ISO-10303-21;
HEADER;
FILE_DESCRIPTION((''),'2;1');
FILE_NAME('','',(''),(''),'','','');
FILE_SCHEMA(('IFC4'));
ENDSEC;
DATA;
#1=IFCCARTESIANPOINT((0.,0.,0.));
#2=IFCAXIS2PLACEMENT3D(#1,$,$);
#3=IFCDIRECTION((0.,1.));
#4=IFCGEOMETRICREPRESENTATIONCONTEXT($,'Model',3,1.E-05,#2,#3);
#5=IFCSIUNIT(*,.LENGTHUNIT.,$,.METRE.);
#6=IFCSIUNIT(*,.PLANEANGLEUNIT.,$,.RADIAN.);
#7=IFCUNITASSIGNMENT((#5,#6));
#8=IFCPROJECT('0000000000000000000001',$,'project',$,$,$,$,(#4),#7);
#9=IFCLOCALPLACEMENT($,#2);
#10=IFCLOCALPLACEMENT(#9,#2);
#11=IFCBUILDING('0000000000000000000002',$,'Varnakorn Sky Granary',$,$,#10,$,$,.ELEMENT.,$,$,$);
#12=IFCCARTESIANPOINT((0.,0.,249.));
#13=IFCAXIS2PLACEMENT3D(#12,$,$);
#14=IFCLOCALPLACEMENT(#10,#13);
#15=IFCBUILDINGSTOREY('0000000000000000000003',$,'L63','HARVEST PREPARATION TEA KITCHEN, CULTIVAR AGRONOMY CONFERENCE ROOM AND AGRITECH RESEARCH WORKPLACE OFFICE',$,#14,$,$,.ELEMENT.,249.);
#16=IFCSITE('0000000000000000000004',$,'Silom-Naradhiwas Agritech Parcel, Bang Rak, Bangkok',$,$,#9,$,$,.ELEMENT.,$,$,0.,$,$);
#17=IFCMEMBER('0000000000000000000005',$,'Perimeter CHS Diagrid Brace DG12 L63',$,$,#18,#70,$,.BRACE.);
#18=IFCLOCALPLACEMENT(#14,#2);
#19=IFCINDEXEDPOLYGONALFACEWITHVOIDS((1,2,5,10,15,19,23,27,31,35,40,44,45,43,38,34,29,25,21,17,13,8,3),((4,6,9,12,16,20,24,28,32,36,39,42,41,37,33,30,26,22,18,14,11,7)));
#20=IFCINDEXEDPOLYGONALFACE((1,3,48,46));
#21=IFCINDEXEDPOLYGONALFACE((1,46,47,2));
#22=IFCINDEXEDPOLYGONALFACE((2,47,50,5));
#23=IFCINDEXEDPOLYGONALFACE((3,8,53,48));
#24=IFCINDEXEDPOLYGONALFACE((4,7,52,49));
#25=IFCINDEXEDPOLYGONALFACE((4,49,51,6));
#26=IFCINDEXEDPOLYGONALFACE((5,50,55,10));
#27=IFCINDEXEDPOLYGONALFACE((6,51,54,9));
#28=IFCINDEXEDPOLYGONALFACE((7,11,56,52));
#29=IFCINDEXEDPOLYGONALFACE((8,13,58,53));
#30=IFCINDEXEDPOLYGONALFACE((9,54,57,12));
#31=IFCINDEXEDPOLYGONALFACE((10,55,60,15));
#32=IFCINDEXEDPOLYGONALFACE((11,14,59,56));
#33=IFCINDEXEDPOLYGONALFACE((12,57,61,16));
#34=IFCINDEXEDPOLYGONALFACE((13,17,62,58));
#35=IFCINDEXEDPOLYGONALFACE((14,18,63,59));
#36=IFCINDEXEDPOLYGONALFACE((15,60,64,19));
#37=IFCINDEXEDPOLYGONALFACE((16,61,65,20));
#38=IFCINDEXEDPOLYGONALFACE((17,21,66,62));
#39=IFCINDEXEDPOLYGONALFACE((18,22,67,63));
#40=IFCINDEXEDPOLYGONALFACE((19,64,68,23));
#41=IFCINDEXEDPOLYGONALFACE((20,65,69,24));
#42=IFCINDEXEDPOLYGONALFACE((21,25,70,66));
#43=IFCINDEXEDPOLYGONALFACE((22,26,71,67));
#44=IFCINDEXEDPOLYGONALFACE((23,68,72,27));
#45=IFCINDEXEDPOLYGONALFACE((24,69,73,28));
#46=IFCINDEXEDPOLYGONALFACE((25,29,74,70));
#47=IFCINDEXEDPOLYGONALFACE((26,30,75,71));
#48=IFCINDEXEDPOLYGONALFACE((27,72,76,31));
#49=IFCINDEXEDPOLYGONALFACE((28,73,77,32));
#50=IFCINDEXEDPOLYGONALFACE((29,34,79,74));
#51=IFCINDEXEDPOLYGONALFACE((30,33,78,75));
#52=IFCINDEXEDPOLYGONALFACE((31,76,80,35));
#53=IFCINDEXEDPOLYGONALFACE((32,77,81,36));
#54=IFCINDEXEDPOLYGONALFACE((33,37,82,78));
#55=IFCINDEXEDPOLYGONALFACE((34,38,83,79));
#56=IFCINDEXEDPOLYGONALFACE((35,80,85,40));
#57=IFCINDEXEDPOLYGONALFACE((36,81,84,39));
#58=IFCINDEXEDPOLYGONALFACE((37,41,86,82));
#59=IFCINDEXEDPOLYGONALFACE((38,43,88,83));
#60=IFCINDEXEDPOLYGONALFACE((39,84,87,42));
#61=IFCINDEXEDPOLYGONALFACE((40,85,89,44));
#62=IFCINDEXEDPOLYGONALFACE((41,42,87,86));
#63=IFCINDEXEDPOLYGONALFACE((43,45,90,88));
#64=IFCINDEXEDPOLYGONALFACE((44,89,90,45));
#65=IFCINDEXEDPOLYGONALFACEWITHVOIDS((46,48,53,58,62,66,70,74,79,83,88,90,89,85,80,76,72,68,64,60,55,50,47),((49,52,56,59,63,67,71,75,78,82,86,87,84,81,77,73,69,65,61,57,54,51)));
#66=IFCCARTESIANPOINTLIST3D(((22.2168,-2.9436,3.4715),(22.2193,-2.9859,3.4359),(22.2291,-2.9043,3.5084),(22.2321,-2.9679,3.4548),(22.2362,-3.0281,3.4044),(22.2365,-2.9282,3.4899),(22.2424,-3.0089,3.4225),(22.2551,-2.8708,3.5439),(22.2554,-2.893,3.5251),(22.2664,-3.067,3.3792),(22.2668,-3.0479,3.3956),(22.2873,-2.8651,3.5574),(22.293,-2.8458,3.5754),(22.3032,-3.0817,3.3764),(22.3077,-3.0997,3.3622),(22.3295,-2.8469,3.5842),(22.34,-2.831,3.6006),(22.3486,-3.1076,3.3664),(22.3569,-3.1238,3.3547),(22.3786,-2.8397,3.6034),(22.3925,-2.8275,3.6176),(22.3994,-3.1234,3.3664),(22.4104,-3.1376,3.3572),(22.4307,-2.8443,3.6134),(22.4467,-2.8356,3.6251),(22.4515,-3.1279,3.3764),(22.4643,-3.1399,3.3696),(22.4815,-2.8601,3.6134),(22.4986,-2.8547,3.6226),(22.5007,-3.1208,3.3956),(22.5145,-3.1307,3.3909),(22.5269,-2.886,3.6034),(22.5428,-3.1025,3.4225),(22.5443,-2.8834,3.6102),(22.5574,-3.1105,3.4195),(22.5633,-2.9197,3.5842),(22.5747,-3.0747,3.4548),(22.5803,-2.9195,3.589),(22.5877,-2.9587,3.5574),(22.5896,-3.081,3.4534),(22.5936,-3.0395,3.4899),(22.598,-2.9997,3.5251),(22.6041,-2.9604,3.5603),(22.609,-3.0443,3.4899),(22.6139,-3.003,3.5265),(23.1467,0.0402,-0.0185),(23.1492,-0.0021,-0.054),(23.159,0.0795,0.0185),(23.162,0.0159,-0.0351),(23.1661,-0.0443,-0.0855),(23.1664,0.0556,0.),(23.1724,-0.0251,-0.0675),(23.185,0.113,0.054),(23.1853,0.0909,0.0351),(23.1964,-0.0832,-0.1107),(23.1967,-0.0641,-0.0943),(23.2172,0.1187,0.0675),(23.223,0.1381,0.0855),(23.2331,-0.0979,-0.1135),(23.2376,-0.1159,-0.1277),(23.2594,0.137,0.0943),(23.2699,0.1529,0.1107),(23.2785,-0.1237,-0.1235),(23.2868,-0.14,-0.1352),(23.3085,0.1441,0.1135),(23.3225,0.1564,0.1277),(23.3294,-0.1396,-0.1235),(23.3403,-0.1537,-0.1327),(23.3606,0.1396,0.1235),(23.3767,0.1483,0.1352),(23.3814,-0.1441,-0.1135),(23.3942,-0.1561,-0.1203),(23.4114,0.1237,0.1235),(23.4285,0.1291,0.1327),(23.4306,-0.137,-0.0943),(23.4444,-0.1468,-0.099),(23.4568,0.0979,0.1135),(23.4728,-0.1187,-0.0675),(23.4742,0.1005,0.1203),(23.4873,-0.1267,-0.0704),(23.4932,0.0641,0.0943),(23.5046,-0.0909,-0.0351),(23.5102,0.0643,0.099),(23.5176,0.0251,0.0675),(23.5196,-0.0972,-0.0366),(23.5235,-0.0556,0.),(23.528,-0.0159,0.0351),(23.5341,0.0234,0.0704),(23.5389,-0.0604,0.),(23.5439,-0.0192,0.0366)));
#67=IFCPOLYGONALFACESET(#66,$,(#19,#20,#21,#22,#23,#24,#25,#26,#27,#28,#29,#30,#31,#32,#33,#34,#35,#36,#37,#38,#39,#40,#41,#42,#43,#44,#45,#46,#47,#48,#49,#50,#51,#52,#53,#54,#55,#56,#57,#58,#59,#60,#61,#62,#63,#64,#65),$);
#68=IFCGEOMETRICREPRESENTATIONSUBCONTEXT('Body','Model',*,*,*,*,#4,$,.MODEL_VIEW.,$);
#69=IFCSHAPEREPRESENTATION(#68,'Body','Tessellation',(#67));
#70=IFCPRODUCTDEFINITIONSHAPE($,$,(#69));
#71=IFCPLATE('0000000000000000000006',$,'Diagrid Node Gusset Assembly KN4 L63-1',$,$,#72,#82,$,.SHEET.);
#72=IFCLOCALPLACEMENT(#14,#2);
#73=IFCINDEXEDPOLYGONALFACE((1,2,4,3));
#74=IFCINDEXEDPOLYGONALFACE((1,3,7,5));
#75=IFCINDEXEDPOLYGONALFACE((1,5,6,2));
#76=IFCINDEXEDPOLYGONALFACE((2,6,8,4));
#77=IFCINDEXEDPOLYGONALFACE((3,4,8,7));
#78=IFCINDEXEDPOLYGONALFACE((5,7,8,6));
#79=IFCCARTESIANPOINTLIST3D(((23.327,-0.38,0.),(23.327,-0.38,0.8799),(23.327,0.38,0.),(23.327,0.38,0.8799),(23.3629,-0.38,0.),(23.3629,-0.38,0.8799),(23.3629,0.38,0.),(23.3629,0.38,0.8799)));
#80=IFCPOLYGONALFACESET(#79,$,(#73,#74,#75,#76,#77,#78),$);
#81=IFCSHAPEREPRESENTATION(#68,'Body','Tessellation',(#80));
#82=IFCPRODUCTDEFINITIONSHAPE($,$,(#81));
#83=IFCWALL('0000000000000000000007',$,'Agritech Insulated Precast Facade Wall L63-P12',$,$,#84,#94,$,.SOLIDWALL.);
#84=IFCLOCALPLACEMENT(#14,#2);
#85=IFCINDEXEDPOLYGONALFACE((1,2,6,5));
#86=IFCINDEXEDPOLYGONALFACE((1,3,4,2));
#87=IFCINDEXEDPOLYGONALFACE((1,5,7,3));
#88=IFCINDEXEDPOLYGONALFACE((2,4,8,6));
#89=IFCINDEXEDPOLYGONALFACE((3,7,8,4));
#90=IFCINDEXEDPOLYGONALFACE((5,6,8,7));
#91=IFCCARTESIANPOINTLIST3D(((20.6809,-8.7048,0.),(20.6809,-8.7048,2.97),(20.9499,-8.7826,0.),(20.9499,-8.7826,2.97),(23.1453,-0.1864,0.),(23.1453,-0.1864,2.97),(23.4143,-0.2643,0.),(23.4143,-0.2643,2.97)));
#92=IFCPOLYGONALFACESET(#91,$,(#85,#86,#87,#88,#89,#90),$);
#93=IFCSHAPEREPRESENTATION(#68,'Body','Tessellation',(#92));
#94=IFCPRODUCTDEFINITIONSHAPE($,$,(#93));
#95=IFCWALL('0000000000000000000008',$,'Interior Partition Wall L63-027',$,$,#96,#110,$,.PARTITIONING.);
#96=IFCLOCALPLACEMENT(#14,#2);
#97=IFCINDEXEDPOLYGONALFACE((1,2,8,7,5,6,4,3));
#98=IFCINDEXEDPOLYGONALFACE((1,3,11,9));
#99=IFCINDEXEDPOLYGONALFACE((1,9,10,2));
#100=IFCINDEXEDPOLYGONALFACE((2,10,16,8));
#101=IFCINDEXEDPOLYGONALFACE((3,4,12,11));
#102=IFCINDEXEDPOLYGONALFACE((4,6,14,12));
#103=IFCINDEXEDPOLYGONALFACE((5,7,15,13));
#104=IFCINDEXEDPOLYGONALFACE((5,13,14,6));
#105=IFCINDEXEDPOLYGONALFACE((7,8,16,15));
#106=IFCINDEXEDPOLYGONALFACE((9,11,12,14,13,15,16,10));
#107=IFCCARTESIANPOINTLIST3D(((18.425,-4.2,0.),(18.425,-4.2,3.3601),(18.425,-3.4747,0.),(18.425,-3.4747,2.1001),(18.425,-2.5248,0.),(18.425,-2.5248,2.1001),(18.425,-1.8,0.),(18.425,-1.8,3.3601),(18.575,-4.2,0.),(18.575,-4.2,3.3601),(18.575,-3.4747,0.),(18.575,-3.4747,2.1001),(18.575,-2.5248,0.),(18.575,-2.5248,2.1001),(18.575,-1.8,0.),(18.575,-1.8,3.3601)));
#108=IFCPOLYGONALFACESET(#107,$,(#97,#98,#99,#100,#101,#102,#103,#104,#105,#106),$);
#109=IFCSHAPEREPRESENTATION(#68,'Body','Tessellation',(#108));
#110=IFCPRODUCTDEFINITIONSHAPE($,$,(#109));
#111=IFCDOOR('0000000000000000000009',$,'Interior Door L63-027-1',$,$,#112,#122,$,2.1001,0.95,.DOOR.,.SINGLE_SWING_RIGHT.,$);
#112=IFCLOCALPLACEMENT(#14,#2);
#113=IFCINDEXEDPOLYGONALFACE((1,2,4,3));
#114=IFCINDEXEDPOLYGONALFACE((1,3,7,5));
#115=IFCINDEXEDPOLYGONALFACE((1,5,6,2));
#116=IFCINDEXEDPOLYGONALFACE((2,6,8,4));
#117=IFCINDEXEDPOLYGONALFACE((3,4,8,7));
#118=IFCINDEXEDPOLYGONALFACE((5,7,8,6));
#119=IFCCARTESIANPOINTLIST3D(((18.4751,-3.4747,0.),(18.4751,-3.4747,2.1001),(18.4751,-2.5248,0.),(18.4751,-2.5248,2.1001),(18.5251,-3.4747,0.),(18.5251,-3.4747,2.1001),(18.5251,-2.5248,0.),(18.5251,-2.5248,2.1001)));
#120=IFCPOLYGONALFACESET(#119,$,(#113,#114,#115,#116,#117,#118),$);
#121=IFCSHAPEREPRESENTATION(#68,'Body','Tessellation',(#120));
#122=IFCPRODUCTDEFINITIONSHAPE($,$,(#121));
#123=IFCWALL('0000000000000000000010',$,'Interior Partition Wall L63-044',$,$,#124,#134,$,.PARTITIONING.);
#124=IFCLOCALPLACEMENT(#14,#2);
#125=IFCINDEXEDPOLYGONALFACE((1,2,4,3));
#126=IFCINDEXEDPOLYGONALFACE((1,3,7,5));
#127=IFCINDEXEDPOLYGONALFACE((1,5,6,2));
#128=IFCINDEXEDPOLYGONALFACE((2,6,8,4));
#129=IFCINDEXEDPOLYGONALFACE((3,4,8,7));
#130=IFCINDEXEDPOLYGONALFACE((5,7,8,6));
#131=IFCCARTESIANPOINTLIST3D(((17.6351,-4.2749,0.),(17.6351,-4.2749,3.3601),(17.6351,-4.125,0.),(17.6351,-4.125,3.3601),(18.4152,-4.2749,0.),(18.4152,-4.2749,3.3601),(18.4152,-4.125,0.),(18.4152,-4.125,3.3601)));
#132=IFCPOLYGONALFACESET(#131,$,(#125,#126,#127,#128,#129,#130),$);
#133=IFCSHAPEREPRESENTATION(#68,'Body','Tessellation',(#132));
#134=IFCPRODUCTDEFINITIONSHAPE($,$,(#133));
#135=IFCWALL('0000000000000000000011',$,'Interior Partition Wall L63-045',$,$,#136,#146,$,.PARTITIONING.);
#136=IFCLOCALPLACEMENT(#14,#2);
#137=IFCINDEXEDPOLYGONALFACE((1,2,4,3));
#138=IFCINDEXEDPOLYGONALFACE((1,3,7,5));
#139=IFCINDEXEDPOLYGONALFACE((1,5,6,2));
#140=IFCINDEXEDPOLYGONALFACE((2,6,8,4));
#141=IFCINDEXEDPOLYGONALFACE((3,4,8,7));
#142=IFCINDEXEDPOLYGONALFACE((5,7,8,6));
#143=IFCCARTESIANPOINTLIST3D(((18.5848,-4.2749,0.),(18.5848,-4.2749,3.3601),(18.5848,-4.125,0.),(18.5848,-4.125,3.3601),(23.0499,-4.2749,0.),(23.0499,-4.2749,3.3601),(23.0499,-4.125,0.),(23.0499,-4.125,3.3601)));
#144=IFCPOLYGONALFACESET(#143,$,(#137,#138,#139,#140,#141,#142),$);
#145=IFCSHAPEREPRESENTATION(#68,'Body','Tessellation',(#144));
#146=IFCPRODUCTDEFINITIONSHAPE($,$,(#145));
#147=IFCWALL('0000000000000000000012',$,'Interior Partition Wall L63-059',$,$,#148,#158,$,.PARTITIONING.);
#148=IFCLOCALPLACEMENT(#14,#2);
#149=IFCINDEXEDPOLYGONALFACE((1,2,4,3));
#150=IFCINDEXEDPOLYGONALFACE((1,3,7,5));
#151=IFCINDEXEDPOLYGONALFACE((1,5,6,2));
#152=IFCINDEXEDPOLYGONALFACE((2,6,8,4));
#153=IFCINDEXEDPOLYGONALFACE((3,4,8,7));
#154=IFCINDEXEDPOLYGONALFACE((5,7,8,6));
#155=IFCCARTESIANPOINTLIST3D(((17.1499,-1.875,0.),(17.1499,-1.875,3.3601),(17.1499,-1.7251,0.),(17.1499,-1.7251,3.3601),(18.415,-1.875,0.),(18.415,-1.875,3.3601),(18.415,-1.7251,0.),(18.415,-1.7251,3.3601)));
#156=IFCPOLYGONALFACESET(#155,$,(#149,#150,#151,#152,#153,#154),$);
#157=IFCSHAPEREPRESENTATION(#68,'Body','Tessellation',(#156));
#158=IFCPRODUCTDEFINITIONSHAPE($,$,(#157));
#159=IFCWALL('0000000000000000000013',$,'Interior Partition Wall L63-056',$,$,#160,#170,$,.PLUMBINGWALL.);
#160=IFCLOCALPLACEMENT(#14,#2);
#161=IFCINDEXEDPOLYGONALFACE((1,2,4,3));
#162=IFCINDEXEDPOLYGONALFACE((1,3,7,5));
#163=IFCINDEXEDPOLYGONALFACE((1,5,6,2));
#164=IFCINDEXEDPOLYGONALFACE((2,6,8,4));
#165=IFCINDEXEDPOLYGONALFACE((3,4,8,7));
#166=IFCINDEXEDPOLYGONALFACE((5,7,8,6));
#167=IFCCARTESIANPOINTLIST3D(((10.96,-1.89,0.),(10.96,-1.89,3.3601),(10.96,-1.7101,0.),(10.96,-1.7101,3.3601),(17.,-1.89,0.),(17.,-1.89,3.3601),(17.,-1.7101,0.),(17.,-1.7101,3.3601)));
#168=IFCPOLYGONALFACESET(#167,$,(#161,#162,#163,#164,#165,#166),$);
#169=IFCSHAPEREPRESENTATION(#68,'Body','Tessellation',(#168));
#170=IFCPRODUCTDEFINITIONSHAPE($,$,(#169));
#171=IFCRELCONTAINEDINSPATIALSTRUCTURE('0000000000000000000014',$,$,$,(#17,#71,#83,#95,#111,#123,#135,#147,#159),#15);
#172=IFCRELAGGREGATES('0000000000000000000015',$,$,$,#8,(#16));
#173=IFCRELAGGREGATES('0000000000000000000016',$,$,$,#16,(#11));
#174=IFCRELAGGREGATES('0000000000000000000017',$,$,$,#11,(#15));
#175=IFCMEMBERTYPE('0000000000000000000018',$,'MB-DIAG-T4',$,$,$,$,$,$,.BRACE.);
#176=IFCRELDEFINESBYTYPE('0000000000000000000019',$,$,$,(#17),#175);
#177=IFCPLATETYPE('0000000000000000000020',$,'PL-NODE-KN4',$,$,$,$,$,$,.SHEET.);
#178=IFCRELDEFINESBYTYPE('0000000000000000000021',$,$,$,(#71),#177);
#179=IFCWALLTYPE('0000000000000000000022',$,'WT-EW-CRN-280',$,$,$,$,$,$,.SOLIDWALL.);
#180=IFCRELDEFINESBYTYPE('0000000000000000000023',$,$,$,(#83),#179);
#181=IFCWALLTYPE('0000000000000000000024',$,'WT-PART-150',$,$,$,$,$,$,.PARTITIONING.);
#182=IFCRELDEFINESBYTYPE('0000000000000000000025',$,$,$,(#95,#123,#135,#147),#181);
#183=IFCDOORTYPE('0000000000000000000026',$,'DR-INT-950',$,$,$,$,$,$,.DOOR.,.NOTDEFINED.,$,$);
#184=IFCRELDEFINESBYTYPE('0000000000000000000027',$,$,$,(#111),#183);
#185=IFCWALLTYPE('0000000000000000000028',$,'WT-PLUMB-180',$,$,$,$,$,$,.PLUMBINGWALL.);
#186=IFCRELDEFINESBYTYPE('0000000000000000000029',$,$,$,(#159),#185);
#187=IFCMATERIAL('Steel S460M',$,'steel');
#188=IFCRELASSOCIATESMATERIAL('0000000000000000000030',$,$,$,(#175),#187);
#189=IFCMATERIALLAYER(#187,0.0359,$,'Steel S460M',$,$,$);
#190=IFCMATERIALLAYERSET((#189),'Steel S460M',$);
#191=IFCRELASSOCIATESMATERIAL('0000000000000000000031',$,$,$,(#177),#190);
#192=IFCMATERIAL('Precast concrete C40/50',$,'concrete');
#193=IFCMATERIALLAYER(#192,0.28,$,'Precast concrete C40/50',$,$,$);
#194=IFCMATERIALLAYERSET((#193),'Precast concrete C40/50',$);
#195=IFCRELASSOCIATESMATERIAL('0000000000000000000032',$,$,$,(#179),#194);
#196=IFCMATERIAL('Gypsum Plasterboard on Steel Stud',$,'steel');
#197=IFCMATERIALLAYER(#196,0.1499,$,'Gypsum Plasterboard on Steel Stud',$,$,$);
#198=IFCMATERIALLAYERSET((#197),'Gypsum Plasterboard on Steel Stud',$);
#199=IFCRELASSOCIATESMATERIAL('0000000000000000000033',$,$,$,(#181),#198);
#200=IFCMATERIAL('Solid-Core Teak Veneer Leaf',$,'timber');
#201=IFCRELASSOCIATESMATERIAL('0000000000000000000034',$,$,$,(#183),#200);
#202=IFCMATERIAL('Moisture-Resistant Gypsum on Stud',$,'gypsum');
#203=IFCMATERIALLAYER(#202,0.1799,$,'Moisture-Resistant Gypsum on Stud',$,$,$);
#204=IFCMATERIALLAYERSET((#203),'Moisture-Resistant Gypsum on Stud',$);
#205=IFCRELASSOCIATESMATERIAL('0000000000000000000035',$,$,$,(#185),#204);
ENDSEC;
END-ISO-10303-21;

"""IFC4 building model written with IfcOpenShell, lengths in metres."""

from ifc_helpers import new_model, si_unit, direction, frame, frame_2d, origin, origin_2d, place, context, subcontext, project, spatial, rectangle, hollow_circle, extrude, material, layer, layer_set, material_profile, profile_set, type_object, element, fill, save


model = new_model("IFC4")

# Units and contexts
model_context = context("Model", 3, precision=1e-05, world=origin(), true_north=direction((0.0, 1.0)))
body_context = subcontext(model_context, "Body", "Model", "MODEL_VIEW")
ifc_project = project(units=[si_unit("LENGTHUNIT", "METRE"), si_unit("PLANEANGLEUNIT", "RADIAN")], contexts=[model_context])

# Site, building, storey
site_placement = place(None, origin())
site = spatial("IfcSite", under=ifc_project, at=site_placement, Name="Silom-Naradhiwas Agritech Parcel, Bang Rak, Bangkok", CompositionType="ELEMENT", RefElevation=0.0)
building_placement = place(site_placement, origin())
building = spatial("IfcBuilding", under=site, at=building_placement, Name="Varnakorn Sky Granary", CompositionType="ELEMENT")
storey_placement = place(building_placement, frame((0.0, 0.0, 249.0)))
storey = spatial("IfcBuildingStorey", under=building, at=storey_placement, Name="L63", Description="HARVEST PREPARATION TEA KITCHEN, CULTIVAR AGRONOMY CONFERENCE ROOM AND AGRITECH RESEARCH WORKPLACE OFFICE", CompositionType="ELEMENT", Elevation=249.0)

# Shared definitions
ifc_material_1 = material(Name="Steel S460M", Category="steel")

# Member
ifc_material_profile_1 = material_profile(ifc_material_1, hollow_circle(Radius=0.2031, WallThickness=0.0161, at=origin_2d()), Name="CHS 406.4x16")
ifc_profile_set_1 = profile_set([ifc_material_profile_1], Name="Steel S460M")
member_type_1 = type_object("IfcMemberType", Name="MB-DIAG-T4", PredefinedType="BRACE", material=ifc_profile_set_1)
for number, where, z_axis, x_axis, name in (
    (1, (23.345, 0.0, 0.0), (-0.198495, -0.636914, 0.744943), (0.95471, -0.297537, 0.0), "Perimeter CHS Diagrid Brace DG12 L63"),
):
    element("IfcMember", number, at=place(storey_placement, frame(where, z_axis=z_axis, x_axis=x_axis)), inside=storey, type_object=member_type_1, Name=name, PredefinedType="BRACE", context=body_context, shape_type="SweptSolid", body=[
        extrude(hollow_circle(Radius=0.2031, WallThickness=0.0161, at=origin_2d()), origin(), (0.0, 0.0, 1.0), 4.6848),
    ])

# Plate
ifc_layer_1 = layer(ifc_material_1, 0.0359, Name="Steel S460M")
ifc_layer_set_1 = layer_set([ifc_layer_1], Name="Steel S460M")
plate_type = type_object("IfcPlateType", Name="PL-NODE-KN4", PredefinedType="SHEET", material=ifc_layer_set_1)
plate_placement = place(storey_placement, frame((23.345, 0.0, 0.0), z_axis=(0.0, 0.0, 1.0), x_axis=(0.0, 1.0, 0.0)))
element("IfcPlate", 2, at=plate_placement, inside=storey, type_object=plate_type, Name="Diagrid Node Gusset Assembly KN4 L63-1", PredefinedType="SHEET", context=body_context, shape_type="SweptSolid", body=[
    extrude(rectangle(XDim=0.76, YDim=0.0359, at=origin_2d()), origin(), (0.0, 0.0, 1.0), 0.8799),
])

# Wall
ifc_material_2 = material(Name="Precast concrete C40/50", Category="concrete")
ifc_layer_2 = layer(ifc_material_2, 0.28, Name="Precast concrete C40/50")
ifc_layer_set_2 = layer_set([ifc_layer_2], Name="Precast concrete C40/50")
wall_type_1 = type_object("IfcWallType", Name="WT-EW-CRN-280", PredefinedType="SOLIDWALL", material=ifc_layer_set_2)
wall_1_placement = place(storey_placement, frame((23.2798, -0.2253, 0.0), z_axis=(0.0, 0.0, 1.0), x_axis=(-0.277905, -0.960609, 0.0)))
element("IfcWall", 3, at=wall_1_placement, inside=storey, type_object=wall_type_1, Name="Agritech Insulated Precast Facade Wall L63-P12", PredefinedType="SOLIDWALL", context=body_context, shape_type="SweptSolid", body=[
    extrude(rectangle(XDim=8.8677, YDim=0.28, at=frame_2d((4.4338, 0.0))), origin(), (0.0, 0.0, 1.0), 2.97),
])

# Wall, opening, door
ifc_material_3 = material(Name="Gypsum Plasterboard on Steel Stud", Category="steel")
ifc_layer_3 = layer(ifc_material_3, 0.1499, Name="Gypsum Plasterboard on Steel Stud")
ifc_layer_set_3 = layer_set([ifc_layer_3], Name="Gypsum Plasterboard on Steel Stud")
wall_type_2 = type_object("IfcWallType", Name="WT-PART-150", PredefinedType="PARTITIONING", material=ifc_layer_set_3)
wall_2_placement = place(storey_placement, frame((18.5, -4.2, 0.0), z_axis=(0.0, 0.0, 1.0), x_axis=(0.0, 1.0, 0.0)))
wall_2 = element("IfcWall", 4, at=wall_2_placement, inside=storey, type_object=wall_type_2, Name="Interior Partition Wall L63-027", PredefinedType="PARTITIONING", context=body_context, shape_type="SweptSolid", body=[
    extrude(rectangle(XDim=2.3999, YDim=0.1499, at=frame_2d((1.2, 0.0))), origin(), (0.0, 0.0, 1.0), 3.3601),
])
opening_placement = place(wall_2_placement, frame((0.7251, 0.0, 0.0)))
opening = element("IfcOpeningElement", 5, at=opening_placement, cuts=wall_2, PredefinedType="OPENING", context=body_context, shape_type="SweptSolid", body=[
    extrude(rectangle(XDim=0.95, YDim=2.1001, at=frame_2d((0.4751, 1.05))), frame((0.0, 0.085, 0.0), z_axis=(0.0, -1.0, 0.0), x_axis=(1.0, 0.0, 0.0)), (0.0, 0.0, 1.0), 0.1699),
])
ifc_material_4 = material(Name="Solid-Core Teak Veneer Leaf", Category="timber")
door_type = type_object("IfcDoorType", Name="DR-INT-950", OperationType="NOTDEFINED", PredefinedType="DOOR", material=ifc_material_4)
door_placement = place(opening_placement, origin())
door = element("IfcDoor", 6, at=door_placement, inside=storey, type_object=door_type, Name="Interior Door L63-027-1", OperationType="SINGLE_SWING_RIGHT", OverallHeight=2.1001, OverallWidth=0.95, PredefinedType="DOOR", context=body_context, shape_type="SweptSolid", body=[
    extrude(rectangle(XDim=0.95, YDim=2.1001, at=frame_2d((0.4751, 1.05))), frame((0.0, 0.0249, 0.0), z_axis=(0.0, -1.0, 0.0), x_axis=(1.0, 0.0, 0.0)), (0.0, 0.0, 1.0), 0.05),
])
fill(opening, door)

# Walls
wall_3_placement = place(storey_placement, frame((17.635, -4.2, 0.0), z_axis=(0.0, 0.0, 1.0), x_axis=(1.0, 0.0, 0.0)))
element("IfcWall", 7, at=wall_3_placement, inside=storey, type_object=wall_type_2, Name="Interior Partition Wall L63-044", PredefinedType="PARTITIONING", context=body_context, shape_type="SweptSolid", body=[
    extrude(rectangle(XDim=0.78, YDim=0.1499, at=frame_2d((0.3901, 0.0))), origin(), (0.0, 0.0, 1.0), 3.3601),
])
wall_4_placement = place(storey_placement, frame((18.585, -4.2, 0.0), z_axis=(0.0, 0.0, 1.0), x_axis=(1.0, 0.0, 0.0)))
element("IfcWall", 8, at=wall_4_placement, inside=storey, type_object=wall_type_2, Name="Interior Partition Wall L63-045", PredefinedType="PARTITIONING", context=body_context, shape_type="SweptSolid", body=[
    extrude(rectangle(XDim=4.4651, YDim=0.1499, at=frame_2d((2.2324, 0.0))), origin(), (0.0, 0.0, 1.0), 3.3601),
])
wall_5_placement = place(storey_placement, frame((18.415, -1.8, 0.0), z_axis=(0.0, 0.0, 1.0), x_axis=(-1.0, 0.0, 0.0)))
element("IfcWall", 9, at=wall_5_placement, inside=storey, type_object=wall_type_2, Name="Interior Partition Wall L63-059", PredefinedType="PARTITIONING", context=body_context, shape_type="SweptSolid", body=[
    extrude(rectangle(XDim=1.2651, YDim=0.1499, at=frame_2d((0.6326, 0.0))), origin(), (0.0, 0.0, 1.0), 3.3601),
])
ifc_material_5 = material(Name="Moisture-Resistant Gypsum on Stud", Category="gypsum")
ifc_layer_4 = layer(ifc_material_5, 0.1799, Name="Moisture-Resistant Gypsum on Stud")
ifc_layer_set_4 = layer_set([ifc_layer_4], Name="Moisture-Resistant Gypsum on Stud")
wall_type_3 = type_object("IfcWallType", Name="WT-PLUMB-180", PredefinedType="PLUMBINGWALL", material=ifc_layer_set_4)
wall_6_placement = place(storey_placement, frame((17.0, -1.8, 0.0), z_axis=(0.0, 0.0, 1.0), x_axis=(-1.0, 0.0, 0.0)))
element("IfcWall", 10, at=wall_6_placement, inside=storey, type_object=wall_type_3, Name="Interior Partition Wall L63-056", PredefinedType="PLUMBINGWALL", context=body_context, shape_type="SweptSolid", body=[
    extrude(rectangle(XDim=6.04, YDim=0.1799, at=frame_2d((3.02, 0.0))), origin(), (0.0, 0.0, 1.0), 3.3601),
])

save(model, "model.ifc")
